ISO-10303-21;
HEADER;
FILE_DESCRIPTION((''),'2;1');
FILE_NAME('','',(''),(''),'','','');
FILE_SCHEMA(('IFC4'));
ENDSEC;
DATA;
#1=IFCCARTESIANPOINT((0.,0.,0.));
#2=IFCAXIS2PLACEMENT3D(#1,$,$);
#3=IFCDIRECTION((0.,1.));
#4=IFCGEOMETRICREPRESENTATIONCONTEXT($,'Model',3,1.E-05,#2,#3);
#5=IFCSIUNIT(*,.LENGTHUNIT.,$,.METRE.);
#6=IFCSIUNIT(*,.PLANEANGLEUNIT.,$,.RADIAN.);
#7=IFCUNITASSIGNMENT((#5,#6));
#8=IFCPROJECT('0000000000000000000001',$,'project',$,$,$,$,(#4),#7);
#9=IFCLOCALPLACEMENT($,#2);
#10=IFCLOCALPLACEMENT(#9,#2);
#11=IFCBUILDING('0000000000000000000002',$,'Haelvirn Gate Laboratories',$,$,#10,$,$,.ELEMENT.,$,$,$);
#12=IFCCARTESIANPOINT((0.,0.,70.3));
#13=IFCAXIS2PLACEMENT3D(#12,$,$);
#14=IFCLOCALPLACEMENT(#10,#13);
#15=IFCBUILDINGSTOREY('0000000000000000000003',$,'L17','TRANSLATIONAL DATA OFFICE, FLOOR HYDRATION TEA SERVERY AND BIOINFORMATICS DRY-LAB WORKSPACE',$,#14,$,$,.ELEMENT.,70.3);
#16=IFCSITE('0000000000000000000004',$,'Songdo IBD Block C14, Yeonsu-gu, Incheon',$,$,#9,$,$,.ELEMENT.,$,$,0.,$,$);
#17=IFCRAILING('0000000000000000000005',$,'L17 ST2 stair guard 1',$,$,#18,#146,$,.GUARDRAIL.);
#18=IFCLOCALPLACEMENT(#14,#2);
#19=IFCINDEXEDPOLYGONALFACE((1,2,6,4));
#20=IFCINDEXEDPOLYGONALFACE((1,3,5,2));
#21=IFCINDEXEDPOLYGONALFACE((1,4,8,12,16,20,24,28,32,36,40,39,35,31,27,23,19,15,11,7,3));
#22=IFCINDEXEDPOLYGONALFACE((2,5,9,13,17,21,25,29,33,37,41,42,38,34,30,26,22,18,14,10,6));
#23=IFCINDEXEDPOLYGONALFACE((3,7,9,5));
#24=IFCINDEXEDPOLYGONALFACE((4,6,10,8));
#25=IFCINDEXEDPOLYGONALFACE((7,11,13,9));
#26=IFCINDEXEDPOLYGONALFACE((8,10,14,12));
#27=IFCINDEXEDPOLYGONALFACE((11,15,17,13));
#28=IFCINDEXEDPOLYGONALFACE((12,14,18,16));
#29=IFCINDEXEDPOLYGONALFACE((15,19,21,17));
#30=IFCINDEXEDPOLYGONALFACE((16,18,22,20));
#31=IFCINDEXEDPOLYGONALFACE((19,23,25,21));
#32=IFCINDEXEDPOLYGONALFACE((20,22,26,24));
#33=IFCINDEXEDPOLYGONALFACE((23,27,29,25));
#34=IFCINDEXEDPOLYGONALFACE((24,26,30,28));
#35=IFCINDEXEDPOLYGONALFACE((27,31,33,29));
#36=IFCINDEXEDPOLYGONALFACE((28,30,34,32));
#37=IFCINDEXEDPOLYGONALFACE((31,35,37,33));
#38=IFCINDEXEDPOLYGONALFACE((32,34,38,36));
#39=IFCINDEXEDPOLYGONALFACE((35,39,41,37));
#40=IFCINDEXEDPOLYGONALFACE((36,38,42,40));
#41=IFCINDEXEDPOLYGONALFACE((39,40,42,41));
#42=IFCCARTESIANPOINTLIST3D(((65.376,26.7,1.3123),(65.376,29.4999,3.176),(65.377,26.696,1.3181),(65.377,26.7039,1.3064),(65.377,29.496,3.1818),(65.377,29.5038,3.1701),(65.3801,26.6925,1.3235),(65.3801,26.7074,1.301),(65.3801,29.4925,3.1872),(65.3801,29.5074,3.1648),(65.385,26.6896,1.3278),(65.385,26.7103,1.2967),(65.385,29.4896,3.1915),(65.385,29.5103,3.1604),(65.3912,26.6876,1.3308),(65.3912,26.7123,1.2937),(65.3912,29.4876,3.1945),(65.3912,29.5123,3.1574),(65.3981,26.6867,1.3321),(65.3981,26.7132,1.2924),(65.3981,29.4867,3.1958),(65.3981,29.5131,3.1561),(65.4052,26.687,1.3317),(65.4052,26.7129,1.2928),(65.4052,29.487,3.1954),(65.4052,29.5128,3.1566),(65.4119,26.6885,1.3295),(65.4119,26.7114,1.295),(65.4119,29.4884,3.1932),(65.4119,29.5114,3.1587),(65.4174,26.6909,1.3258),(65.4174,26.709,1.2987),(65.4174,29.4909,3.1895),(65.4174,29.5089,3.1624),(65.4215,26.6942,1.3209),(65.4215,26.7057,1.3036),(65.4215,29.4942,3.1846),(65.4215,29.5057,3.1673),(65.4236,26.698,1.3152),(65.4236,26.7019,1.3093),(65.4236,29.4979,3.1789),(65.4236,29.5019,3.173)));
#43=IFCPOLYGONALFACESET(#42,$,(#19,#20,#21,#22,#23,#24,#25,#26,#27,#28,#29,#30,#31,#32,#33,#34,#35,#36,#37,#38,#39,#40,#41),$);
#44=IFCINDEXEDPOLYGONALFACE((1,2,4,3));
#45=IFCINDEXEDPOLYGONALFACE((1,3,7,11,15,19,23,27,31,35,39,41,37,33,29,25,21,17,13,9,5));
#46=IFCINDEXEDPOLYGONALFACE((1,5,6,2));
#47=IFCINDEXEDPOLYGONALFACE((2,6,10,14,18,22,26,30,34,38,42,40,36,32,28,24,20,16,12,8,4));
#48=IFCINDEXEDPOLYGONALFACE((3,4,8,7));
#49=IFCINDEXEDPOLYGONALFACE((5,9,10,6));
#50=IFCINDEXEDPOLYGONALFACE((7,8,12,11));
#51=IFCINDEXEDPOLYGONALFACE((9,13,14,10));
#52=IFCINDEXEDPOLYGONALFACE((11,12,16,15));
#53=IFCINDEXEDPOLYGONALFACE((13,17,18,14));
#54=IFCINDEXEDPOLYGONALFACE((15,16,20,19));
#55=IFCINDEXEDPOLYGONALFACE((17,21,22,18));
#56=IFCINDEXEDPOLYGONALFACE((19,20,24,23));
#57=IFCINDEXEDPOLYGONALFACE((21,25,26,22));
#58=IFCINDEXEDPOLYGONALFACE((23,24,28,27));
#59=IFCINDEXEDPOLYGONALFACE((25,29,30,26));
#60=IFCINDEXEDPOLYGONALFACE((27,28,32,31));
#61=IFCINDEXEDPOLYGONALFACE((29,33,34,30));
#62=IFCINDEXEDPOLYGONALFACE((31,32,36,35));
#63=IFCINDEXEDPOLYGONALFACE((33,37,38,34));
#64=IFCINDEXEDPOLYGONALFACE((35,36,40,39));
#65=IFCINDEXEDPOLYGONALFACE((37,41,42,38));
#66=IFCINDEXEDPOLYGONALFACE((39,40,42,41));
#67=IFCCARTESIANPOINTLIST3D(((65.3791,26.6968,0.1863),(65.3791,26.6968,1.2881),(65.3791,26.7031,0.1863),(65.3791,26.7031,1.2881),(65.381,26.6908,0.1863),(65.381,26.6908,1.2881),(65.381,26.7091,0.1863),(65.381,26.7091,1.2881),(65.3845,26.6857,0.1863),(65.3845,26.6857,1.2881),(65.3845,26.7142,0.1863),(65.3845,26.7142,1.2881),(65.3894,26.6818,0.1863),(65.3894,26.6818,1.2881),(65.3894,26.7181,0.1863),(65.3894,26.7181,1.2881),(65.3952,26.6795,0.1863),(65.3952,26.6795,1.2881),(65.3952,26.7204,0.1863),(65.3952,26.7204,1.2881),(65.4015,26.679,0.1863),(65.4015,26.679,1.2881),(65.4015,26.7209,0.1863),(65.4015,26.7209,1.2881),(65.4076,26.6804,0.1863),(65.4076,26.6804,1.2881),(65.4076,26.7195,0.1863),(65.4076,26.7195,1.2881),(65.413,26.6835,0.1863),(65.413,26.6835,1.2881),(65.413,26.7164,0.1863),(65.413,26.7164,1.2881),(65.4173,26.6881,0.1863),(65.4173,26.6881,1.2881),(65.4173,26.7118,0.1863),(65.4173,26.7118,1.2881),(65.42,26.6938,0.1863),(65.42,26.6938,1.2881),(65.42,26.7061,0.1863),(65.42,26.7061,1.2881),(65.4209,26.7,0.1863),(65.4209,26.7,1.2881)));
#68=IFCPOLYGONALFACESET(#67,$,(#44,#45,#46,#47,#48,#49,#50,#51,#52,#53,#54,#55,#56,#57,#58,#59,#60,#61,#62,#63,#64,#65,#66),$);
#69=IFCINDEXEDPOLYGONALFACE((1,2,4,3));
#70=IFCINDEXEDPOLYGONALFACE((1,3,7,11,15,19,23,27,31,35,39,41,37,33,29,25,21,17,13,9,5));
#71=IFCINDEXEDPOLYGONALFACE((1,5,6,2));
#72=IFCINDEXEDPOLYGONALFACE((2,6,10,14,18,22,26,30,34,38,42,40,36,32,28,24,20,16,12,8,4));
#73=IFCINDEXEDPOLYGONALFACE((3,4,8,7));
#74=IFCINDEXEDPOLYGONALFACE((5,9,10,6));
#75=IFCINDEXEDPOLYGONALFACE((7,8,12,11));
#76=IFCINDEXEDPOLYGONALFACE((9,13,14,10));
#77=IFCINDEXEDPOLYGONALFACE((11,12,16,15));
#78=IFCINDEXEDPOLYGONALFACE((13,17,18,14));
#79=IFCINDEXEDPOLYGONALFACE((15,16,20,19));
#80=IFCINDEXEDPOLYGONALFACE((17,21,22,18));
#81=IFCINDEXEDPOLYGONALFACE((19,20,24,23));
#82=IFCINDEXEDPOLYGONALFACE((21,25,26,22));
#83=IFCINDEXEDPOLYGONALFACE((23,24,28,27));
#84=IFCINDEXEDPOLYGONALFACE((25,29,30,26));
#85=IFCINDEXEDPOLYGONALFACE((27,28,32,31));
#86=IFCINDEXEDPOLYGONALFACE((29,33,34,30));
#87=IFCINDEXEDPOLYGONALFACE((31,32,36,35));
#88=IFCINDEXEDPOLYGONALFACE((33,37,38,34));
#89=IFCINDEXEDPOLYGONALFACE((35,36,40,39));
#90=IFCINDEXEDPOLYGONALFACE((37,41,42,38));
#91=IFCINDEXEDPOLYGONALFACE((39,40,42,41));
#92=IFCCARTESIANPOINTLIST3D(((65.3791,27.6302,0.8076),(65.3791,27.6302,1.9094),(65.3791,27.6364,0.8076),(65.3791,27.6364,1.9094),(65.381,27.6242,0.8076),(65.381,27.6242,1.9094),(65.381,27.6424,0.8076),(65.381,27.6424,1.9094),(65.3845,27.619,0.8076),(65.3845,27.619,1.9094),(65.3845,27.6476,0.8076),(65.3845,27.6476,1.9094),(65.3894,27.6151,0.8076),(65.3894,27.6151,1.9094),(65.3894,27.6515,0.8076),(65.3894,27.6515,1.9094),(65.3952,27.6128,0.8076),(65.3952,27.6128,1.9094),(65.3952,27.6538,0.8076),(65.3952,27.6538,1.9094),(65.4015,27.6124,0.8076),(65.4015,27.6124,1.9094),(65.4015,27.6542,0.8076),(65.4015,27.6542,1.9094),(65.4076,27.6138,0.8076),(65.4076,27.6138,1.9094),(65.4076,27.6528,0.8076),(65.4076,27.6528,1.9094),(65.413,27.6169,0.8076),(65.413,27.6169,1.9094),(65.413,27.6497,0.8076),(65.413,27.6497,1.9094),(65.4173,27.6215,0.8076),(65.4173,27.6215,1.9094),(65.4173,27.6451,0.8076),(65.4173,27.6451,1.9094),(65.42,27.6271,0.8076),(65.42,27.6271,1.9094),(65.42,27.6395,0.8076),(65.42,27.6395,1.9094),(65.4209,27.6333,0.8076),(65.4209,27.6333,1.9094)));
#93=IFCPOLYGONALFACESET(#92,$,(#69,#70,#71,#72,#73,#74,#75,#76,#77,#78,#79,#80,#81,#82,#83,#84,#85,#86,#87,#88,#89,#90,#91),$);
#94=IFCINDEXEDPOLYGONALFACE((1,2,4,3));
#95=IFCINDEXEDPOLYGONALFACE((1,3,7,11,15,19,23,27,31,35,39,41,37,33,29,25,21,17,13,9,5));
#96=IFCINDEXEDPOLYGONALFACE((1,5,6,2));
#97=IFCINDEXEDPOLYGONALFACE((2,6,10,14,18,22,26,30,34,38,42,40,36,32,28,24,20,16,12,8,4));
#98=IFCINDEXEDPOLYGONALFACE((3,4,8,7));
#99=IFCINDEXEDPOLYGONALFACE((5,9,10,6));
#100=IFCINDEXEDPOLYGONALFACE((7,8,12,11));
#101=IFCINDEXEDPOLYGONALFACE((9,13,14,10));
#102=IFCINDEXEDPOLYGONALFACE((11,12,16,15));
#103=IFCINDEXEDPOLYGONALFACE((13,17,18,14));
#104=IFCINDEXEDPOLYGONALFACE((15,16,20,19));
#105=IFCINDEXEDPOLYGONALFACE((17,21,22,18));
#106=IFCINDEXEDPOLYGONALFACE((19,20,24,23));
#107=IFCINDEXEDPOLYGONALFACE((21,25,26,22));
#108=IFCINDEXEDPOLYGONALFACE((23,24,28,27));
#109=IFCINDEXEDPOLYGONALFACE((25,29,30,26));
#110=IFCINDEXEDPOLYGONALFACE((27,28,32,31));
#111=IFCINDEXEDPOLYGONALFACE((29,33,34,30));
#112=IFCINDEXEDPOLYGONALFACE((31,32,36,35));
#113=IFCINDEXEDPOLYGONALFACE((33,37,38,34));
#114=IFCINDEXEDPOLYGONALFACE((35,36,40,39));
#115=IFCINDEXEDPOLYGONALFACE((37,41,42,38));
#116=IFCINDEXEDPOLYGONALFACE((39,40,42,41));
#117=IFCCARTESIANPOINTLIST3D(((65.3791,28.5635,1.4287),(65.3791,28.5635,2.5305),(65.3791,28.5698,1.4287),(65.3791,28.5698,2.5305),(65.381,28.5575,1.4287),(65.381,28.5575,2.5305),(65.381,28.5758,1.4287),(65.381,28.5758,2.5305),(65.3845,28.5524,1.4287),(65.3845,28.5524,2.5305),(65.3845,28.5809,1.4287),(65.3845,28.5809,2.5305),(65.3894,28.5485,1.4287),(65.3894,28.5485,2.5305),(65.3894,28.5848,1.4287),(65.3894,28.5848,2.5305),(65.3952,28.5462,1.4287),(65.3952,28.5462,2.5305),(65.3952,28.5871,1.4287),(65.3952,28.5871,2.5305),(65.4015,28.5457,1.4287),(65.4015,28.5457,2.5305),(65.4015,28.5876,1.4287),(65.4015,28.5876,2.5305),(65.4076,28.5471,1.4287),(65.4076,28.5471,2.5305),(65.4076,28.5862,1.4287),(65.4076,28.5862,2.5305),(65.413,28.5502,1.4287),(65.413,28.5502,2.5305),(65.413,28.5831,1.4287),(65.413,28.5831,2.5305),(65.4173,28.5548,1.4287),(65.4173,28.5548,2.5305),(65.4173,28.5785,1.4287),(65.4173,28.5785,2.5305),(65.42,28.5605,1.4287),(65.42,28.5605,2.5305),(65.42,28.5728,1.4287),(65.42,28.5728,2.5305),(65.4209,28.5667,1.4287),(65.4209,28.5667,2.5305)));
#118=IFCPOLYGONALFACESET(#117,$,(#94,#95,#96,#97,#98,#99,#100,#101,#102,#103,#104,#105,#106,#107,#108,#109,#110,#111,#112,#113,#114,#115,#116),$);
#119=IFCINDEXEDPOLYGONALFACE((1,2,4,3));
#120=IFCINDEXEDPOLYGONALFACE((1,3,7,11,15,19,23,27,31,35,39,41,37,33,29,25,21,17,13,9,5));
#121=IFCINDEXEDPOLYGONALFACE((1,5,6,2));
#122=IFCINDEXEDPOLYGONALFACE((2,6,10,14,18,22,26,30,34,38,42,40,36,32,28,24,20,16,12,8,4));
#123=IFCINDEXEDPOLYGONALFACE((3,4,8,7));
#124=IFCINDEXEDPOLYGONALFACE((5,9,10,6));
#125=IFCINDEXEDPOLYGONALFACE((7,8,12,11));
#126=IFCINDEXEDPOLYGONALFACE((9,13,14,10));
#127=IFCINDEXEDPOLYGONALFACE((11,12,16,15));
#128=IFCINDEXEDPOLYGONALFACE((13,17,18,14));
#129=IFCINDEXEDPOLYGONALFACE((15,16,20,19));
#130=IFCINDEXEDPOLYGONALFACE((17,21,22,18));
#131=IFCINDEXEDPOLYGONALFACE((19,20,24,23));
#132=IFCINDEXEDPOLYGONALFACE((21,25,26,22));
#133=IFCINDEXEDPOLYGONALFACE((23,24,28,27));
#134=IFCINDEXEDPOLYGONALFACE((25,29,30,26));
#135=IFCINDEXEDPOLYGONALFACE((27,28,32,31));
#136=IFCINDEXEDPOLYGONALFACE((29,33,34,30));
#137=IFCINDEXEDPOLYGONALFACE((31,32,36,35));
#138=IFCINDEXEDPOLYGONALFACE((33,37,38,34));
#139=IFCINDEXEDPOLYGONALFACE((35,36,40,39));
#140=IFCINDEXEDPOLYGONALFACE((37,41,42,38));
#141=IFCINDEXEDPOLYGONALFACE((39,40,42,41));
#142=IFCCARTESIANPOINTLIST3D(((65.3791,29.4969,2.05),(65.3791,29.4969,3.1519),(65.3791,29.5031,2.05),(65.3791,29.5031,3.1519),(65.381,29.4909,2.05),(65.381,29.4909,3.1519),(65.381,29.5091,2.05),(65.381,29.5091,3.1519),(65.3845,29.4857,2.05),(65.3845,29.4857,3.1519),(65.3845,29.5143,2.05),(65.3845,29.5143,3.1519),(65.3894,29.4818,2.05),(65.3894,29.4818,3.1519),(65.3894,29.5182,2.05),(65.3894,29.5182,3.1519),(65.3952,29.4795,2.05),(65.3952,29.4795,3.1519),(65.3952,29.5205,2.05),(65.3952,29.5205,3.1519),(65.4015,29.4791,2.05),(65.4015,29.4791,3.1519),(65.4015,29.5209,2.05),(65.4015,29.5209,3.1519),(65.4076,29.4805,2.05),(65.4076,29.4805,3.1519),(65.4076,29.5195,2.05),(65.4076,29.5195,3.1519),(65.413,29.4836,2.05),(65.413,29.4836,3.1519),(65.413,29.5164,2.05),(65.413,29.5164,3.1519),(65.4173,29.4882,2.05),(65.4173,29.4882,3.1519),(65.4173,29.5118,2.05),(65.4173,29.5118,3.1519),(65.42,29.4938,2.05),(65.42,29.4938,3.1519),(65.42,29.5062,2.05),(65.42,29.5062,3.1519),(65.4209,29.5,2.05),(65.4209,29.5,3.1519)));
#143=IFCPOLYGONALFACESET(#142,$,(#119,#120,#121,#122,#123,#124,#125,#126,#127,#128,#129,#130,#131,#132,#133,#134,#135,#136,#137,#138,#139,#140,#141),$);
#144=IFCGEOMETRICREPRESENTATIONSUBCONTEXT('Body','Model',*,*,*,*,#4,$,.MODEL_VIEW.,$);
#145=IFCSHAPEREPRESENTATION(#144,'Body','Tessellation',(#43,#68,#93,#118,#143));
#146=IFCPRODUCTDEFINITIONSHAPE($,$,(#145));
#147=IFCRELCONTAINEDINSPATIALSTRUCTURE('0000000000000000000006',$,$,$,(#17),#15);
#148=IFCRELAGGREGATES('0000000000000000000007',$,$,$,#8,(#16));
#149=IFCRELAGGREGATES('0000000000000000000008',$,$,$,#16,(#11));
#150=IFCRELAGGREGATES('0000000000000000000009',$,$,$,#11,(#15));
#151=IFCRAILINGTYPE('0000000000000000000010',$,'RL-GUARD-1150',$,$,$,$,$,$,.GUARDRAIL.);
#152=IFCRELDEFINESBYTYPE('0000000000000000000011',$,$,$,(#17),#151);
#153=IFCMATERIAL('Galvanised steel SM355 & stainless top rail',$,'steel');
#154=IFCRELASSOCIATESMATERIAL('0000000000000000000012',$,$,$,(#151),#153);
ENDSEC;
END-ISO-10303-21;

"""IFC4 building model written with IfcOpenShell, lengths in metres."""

from ifc_helpers import new_model, si_unit, direction, frame, origin, origin_2d, place, context, subcontext, project, spatial, circle, extrude, source, transform, mapped, material, type_object, element, save


model = new_model("IFC4")

# Units and contexts
model_context = context("Model", 3, precision=1e-05, world=origin(), true_north=direction((0.0, 1.0)))
body_context = subcontext(model_context, "Body", "Model", "MODEL_VIEW")
ifc_project = project(units=[si_unit("LENGTHUNIT", "METRE"), si_unit("PLANEANGLEUNIT", "RADIAN")], contexts=[model_context])

# Site, building, storey
site_placement = place(None, origin())
site = spatial("IfcSite", under=ifc_project, at=site_placement, Name="Songdo IBD Block C14, Yeonsu-gu, Incheon", CompositionType="ELEMENT", RefElevation=0.0)
building_placement = place(site_placement, origin())
building = spatial("IfcBuilding", under=site, at=building_placement, Name="Haelvirn Gate Laboratories", CompositionType="ELEMENT")
storey_placement = place(building_placement, frame((0.0, 0.0, 70.3)))
storey = spatial("IfcBuildingStorey", under=building, at=storey_placement, Name="L17", Description="TRANSLATIONAL DATA OFFICE, FLOOR HYDRATION TEA SERVERY AND BIOINFORMATICS DRY-LAB WORKSPACE", CompositionType="ELEMENT", Elevation=70.3)

# Railing
ifc_material_1 = material(Name="Galvanised steel SM355 & stainless top rail", Category="steel")
railing_type_1 = type_object("IfcRailingType", Name="RL-GUARD-1150", PredefinedType="GUARDRAIL", material=ifc_material_1)
shared_shape_1 = source(origin(), body_context, "Body", "SweptSolid", [
    extrude(circle(Radius=0.0239, at=origin_2d()), frame((0.0, 0.0, 1.126), z_axis=(0.0, 0.832452, 0.554097), x_axis=(-1.0, 0.0, 0.0)), (0.0, 0.0, 1.0), 3.3635),
    extrude(circle(Radius=0.021, at=origin_2d()), origin(), (0.0, 0.0, 1.0), 1.1018),
    extrude(circle(Radius=0.021, at=origin_2d()), frame((0.0, 0.9333, 0.6213)), (0.0, 0.0, 1.0), 1.1018),
    extrude(circle(Radius=0.021, at=origin_2d()), frame((0.0, 1.8667, 1.2424)), (0.0, 0.0, 1.0), 1.1018),
    extrude(circle(Radius=0.021, at=origin_2d()), frame((0.0, 2.8, 1.8638)), (0.0, 0.0, 1.0), 1.1018),
])
railing_1_placement = place(storey_placement, frame((65.3999, 26.7, 0.1863)))
element("IfcRailing", 1, at=railing_1_placement, inside=storey, type_object=railing_type_1, Name="L17 ST2 stair guard 1", PredefinedType="GUARDRAIL", context=body_context, shape_type="MappedRepresentation", body=[
    mapped(shared_shape_1, transform((0.0, 0.0, 0.0), scale=1.0)),
])

save(model, "model.ifc")
